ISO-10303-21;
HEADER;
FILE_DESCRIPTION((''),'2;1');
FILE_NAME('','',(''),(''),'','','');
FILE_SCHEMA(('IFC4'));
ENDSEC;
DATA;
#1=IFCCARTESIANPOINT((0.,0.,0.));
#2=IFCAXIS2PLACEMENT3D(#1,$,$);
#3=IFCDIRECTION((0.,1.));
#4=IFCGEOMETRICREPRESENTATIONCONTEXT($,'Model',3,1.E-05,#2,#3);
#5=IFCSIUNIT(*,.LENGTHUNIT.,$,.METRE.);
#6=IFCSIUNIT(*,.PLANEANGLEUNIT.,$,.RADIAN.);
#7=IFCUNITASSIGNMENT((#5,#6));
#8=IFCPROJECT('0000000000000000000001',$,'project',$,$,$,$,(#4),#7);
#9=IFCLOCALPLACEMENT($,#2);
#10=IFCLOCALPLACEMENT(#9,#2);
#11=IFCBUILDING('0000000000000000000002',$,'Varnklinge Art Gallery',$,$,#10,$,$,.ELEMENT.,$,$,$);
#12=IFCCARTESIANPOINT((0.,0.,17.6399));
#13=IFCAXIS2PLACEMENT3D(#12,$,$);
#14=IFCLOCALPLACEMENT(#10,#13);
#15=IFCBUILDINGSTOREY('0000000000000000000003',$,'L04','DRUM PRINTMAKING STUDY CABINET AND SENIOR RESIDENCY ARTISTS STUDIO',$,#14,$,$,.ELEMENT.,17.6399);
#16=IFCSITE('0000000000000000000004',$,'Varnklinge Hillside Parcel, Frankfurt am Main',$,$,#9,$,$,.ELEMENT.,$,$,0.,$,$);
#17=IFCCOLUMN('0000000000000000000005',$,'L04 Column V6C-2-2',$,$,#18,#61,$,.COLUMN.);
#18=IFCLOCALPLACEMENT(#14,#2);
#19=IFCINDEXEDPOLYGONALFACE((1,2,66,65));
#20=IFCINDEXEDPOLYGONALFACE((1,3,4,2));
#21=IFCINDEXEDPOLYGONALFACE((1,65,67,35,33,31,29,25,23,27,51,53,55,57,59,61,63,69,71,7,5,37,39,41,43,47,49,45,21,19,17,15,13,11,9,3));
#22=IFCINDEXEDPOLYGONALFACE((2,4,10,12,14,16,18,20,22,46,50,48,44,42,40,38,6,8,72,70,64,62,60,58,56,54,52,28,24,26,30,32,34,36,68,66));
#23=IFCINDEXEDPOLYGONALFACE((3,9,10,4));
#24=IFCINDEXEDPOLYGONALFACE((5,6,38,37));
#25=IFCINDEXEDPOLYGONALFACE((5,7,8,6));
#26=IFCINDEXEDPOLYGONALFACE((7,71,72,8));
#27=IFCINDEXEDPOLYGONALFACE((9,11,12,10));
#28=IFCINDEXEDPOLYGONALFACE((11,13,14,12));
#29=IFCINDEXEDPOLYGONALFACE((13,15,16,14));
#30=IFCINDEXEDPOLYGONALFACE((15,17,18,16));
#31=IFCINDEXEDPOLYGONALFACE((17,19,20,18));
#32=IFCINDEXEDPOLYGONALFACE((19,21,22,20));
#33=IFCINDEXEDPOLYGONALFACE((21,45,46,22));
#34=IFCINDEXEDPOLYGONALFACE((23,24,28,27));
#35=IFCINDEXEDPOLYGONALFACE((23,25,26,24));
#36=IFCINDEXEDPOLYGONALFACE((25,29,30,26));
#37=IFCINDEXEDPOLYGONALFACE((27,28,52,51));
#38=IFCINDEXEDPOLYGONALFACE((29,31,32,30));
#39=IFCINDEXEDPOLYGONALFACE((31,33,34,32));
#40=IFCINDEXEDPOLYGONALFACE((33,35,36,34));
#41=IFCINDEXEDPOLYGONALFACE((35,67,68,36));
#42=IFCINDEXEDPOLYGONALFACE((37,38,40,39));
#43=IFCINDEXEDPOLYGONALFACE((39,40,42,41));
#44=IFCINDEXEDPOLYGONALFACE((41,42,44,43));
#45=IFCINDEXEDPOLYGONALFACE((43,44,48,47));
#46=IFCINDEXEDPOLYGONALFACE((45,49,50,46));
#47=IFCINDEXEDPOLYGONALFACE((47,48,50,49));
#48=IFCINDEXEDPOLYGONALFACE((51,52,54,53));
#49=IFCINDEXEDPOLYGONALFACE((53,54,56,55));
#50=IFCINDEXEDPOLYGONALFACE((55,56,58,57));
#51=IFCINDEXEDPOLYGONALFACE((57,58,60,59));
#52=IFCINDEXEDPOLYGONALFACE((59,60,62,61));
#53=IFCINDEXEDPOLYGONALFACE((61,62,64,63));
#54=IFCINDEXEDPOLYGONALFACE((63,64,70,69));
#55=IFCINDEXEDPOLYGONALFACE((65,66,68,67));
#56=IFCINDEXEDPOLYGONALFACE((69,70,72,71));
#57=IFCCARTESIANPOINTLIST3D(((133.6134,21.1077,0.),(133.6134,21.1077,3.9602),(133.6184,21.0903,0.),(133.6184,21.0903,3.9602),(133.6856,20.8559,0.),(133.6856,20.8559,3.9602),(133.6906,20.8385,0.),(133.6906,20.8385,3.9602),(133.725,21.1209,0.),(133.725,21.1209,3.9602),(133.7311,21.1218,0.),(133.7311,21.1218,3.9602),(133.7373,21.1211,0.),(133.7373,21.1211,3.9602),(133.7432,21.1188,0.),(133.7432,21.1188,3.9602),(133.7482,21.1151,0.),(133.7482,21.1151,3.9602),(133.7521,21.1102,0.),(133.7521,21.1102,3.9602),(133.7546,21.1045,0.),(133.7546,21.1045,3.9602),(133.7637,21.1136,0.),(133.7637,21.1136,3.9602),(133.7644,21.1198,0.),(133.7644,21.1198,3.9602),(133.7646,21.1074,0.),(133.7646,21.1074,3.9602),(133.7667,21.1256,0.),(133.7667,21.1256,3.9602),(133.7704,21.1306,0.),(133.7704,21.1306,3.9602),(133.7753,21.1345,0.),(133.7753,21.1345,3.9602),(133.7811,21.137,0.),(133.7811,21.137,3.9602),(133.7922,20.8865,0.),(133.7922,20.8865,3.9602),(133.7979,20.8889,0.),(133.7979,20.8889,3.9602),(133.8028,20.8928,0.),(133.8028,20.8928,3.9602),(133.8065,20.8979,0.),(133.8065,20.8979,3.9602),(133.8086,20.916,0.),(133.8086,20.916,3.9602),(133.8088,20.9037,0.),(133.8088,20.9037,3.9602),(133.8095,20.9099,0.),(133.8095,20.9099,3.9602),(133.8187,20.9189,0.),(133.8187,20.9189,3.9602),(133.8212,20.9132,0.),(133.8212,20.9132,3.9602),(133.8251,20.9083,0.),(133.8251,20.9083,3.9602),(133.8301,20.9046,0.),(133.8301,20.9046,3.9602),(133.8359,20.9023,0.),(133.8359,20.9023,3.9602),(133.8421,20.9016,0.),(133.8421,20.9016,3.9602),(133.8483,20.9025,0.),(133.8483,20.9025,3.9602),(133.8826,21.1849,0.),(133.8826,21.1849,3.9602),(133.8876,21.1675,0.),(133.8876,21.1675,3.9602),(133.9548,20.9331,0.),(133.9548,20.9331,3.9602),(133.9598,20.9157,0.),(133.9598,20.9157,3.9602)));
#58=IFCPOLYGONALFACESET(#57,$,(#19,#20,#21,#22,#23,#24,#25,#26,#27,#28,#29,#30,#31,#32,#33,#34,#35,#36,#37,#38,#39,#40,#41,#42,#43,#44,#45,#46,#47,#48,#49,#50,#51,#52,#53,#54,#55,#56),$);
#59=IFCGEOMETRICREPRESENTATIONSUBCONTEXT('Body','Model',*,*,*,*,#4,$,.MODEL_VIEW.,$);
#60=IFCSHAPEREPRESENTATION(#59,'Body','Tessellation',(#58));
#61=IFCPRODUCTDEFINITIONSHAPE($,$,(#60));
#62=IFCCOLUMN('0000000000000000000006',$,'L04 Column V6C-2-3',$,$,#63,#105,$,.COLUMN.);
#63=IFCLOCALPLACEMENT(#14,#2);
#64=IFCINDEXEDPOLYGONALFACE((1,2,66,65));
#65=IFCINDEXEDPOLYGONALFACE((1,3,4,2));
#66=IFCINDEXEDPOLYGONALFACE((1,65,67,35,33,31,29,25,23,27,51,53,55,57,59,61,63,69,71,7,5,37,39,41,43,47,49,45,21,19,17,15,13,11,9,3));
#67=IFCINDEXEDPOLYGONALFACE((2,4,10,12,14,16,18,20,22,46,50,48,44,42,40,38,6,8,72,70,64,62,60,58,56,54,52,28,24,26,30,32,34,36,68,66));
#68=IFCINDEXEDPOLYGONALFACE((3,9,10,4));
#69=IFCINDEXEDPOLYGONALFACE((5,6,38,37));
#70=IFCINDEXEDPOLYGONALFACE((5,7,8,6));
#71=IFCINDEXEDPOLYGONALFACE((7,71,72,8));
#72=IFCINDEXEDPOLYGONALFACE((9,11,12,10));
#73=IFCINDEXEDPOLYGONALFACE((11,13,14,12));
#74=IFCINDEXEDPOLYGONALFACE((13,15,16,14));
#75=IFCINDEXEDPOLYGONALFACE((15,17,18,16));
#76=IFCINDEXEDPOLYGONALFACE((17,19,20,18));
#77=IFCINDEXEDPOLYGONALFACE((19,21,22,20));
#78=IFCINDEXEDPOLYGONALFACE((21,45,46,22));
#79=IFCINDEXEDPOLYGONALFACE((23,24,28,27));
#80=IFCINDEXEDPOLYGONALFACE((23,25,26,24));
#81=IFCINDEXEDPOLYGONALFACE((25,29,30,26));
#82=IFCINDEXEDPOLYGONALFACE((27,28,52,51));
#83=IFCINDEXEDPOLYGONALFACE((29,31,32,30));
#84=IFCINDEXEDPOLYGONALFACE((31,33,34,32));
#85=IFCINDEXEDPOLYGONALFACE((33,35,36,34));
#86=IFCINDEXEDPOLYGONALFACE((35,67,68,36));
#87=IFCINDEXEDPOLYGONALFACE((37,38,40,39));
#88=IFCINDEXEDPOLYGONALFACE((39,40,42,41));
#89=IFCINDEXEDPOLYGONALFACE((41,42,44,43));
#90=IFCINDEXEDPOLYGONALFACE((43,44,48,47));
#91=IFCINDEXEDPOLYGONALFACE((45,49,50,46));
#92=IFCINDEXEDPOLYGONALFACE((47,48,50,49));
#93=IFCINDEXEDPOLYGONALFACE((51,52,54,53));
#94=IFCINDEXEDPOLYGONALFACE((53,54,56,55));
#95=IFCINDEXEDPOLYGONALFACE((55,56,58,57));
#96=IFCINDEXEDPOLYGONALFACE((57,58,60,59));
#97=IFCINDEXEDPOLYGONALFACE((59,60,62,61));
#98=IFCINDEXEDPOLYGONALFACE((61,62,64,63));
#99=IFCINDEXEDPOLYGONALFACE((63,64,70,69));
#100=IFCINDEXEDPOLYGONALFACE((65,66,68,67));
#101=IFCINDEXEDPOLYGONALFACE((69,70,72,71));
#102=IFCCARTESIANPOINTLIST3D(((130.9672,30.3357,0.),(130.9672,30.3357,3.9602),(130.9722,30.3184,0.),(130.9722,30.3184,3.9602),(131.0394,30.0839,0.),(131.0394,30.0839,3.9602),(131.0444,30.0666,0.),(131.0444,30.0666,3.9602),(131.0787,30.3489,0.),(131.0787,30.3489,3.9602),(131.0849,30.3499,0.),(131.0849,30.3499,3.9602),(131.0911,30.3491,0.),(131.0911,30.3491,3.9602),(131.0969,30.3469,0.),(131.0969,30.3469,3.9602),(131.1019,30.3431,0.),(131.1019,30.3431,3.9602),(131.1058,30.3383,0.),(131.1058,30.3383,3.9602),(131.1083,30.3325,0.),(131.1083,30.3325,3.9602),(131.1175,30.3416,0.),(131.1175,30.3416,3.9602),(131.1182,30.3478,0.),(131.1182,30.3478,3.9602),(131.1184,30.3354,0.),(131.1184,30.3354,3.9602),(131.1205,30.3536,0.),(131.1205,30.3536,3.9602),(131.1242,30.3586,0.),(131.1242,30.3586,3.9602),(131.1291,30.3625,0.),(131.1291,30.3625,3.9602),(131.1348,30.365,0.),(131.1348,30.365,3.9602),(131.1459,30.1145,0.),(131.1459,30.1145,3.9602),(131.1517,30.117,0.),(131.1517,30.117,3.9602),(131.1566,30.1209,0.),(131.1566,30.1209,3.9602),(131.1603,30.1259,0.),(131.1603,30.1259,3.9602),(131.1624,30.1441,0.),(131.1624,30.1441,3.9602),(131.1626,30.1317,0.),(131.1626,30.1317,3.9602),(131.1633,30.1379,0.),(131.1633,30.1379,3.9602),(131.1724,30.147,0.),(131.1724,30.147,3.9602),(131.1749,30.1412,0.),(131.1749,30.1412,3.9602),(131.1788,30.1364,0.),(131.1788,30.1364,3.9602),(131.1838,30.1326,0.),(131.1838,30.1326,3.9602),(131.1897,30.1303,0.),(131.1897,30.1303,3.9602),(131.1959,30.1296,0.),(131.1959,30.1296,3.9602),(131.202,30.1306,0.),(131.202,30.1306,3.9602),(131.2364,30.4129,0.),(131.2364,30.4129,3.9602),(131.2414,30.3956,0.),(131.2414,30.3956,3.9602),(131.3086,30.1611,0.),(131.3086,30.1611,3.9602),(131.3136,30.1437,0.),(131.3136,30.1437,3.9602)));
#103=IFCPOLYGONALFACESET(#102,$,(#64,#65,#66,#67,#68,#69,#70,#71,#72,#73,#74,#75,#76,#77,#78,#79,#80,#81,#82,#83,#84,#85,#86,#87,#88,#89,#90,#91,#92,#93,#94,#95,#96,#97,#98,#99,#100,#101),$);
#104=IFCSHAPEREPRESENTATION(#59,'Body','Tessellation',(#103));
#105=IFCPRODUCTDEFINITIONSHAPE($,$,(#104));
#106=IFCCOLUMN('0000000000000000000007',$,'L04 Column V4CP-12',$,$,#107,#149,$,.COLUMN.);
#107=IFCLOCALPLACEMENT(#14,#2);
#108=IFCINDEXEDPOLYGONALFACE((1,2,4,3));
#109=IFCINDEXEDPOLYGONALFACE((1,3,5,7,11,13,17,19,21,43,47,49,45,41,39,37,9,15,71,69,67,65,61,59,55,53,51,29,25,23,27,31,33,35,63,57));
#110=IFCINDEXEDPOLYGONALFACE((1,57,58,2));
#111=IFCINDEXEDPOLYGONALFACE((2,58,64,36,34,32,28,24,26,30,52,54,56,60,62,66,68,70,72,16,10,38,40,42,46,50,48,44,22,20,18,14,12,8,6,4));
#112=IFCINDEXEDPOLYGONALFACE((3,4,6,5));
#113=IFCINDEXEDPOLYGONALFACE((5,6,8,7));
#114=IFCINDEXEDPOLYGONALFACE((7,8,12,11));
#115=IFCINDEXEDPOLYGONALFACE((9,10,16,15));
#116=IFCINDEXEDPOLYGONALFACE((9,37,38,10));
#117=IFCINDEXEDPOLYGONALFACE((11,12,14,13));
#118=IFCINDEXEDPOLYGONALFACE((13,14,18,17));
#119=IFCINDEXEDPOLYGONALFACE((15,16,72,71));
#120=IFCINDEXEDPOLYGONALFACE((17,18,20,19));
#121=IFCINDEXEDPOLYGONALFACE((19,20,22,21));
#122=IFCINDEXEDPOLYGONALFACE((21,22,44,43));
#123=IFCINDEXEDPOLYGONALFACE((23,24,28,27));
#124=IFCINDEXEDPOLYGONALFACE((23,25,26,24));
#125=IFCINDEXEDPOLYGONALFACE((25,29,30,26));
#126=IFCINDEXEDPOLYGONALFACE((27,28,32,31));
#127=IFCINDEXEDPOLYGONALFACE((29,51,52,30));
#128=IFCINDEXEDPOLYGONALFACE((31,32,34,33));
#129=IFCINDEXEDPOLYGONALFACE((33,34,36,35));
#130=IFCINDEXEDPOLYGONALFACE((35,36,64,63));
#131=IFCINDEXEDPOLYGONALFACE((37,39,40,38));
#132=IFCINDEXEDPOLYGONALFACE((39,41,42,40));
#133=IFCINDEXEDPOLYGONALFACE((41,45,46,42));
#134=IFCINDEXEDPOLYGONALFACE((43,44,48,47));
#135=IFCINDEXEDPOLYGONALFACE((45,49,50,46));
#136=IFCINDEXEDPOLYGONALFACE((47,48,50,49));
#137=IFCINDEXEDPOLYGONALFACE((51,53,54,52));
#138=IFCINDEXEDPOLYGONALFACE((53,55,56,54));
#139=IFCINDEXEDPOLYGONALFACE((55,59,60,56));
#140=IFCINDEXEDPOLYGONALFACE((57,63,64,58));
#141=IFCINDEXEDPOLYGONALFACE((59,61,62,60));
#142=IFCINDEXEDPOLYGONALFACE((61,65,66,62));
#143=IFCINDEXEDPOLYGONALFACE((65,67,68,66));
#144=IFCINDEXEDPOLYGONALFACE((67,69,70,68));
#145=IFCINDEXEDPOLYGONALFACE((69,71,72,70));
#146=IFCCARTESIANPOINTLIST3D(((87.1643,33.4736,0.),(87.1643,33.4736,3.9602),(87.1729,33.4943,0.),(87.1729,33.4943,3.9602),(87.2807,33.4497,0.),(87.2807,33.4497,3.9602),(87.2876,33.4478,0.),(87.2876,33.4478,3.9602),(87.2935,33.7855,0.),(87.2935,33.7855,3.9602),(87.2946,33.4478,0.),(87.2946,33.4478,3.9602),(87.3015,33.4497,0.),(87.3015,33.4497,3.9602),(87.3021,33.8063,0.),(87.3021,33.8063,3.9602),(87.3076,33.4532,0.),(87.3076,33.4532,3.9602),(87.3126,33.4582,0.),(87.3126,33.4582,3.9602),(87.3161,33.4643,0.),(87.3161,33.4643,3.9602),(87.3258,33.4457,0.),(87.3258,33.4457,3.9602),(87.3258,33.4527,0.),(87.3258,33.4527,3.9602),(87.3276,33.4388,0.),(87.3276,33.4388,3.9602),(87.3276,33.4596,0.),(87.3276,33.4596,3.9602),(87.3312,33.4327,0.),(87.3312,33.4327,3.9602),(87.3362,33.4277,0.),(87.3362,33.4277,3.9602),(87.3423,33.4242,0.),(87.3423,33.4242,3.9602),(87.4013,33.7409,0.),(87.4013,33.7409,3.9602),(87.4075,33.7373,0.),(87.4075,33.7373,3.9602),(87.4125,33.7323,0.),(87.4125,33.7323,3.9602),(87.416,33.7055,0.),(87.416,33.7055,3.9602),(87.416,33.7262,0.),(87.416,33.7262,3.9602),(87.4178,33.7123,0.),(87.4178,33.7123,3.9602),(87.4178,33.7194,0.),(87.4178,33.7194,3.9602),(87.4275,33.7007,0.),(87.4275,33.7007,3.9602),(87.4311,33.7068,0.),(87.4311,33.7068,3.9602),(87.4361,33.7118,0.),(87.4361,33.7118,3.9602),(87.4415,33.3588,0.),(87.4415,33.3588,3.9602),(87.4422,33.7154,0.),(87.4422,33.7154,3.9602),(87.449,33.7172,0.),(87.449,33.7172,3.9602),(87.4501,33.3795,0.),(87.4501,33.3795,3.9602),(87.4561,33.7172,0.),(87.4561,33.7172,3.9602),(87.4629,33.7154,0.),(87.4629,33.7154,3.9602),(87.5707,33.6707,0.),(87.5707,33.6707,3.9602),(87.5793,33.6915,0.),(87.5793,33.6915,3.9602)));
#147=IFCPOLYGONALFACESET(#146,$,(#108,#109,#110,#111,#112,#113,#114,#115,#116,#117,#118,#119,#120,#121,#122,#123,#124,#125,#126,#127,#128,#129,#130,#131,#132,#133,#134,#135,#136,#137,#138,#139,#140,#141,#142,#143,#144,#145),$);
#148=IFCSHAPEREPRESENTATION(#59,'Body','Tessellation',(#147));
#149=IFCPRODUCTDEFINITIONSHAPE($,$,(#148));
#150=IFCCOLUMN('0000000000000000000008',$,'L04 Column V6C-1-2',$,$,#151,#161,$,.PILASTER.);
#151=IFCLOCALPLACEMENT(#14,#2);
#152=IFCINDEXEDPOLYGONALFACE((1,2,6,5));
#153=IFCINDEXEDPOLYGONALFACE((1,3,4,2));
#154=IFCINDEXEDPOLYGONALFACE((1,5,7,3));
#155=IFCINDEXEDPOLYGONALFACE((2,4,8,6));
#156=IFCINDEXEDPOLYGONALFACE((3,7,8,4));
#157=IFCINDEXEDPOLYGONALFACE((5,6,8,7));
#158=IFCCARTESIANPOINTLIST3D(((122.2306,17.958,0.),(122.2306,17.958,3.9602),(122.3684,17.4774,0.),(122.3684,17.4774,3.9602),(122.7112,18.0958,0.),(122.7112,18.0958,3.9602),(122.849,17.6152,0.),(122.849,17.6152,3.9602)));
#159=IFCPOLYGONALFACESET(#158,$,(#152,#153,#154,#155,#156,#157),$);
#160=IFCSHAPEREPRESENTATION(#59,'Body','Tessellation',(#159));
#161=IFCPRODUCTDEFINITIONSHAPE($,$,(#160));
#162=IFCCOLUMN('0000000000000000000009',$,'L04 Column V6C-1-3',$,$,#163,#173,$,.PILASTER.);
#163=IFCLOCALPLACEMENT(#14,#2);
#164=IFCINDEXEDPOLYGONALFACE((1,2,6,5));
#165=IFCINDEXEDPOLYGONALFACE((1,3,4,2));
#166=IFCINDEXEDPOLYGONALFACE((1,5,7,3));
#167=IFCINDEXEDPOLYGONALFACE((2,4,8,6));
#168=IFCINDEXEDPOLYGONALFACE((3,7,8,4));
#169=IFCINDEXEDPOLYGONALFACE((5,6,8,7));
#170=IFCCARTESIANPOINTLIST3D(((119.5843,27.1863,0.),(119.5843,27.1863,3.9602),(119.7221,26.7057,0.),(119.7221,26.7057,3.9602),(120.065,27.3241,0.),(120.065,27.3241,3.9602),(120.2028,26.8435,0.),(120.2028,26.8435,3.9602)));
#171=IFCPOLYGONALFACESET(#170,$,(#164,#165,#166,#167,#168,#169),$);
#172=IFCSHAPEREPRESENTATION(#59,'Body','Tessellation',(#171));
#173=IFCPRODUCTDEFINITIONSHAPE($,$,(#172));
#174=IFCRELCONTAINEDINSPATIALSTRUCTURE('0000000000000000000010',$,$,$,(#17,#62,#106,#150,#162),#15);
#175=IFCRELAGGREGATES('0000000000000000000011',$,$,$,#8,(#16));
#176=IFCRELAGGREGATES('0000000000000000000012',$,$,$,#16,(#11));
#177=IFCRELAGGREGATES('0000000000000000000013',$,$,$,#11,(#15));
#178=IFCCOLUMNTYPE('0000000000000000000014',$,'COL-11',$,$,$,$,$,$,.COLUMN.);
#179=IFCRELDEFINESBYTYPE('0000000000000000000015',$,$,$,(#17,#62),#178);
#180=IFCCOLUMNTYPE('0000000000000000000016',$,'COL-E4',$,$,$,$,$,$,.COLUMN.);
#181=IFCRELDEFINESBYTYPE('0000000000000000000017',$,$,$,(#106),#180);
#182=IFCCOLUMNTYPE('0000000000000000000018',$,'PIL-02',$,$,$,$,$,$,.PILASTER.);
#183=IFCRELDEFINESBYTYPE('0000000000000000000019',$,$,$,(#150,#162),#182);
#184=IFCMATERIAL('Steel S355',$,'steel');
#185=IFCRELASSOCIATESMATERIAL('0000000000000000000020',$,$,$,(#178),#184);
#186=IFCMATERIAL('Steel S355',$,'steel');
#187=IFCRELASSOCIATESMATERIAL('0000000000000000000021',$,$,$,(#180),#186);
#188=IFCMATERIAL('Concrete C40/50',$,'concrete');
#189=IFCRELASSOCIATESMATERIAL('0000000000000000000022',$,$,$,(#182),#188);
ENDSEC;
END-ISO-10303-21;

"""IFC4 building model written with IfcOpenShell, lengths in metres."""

from ifc_helpers import new_model, si_unit, direction, frame, origin, origin_2d, place, context, subcontext, project, spatial, rectangle, i_section, extrude, material, material_profile, profile_set, type_object, element, save


model = new_model("IFC4")

# Units and contexts
model_context = context("Model", 3, precision=1e-05, world=origin(), true_north=direction((0.0, 1.0)))
body_context = subcontext(model_context, "Body", "Model", "MODEL_VIEW")
ifc_project = project(units=[si_unit("LENGTHUNIT", "METRE"), si_unit("PLANEANGLEUNIT", "RADIAN")], contexts=[model_context])

# Site, building, storey
site_placement = place(None, origin())
site = spatial("IfcSite", under=ifc_project, at=site_placement, Name="Varnklinge Hillside Parcel, Frankfurt am Main", CompositionType="ELEMENT", RefElevation=0.0)
building_placement = place(site_placement, origin())
building = spatial("IfcBuilding", under=site, at=building_placement, Name="Varnklinge Art Gallery", CompositionType="ELEMENT")
storey_placement = place(building_placement, frame((0.0, 0.0, 17.6399)))
storey = spatial("IfcBuildingStorey", under=building, at=storey_placement, Name="L04", Description="DRUM PRINTMAKING STUDY CABINET AND SENIOR RESIDENCY ARTISTS STUDIO", CompositionType="ELEMENT", Elevation=17.6399)

# Columns
ifc_material_1 = material(Name="Steel S355", Category="steel")
ifc_material_profile_1 = material_profile(ifc_material_1, i_section(OverallWidth=0.28, OverallDepth=0.28, WebThickness=0.0105, FlangeThickness=0.0181, FilletRadius=0.0239, at=origin_2d()), Name="HEB 280")
ifc_profile_set_1 = profile_set([ifc_material_profile_1], Name="Steel S355")
column_type_1 = type_object("IfcColumnType", Name="COL-11", PredefinedType="COLUMN", material=ifc_profile_set_1)
for number, where, z_axis, x_axis, name in (
    (1, (133.7866, 21.0117, 0.0), (0.0, 0.0, 1.0), (0.961262, 0.275637, 0.0), "L04 Column V6C-2-2"),
    (2, (131.1404, 30.2397, 0.0), (0.0, 0.0, 1.0), (0.961262, 0.275637, 0.0), "L04 Column V6C-2-3"),
):
    element("IfcColumn", number, at=place(storey_placement, frame(where, z_axis=z_axis, x_axis=x_axis)), inside=storey, type_object=column_type_1, Name=name, PredefinedType="COLUMN", context=body_context, shape_type="SweptSolid", body=[
        extrude(i_section(OverallWidth=0.28, OverallDepth=0.28, WebThickness=0.0105, FlangeThickness=0.0181, FilletRadius=0.0239, at=origin_2d()), origin(), (0.0, 0.0, 1.0), 3.9602),
    ])
ifc_material_2 = material(Name="Steel S355", Category="steel")
ifc_material_profile_2 = material_profile(ifc_material_2, i_section(OverallWidth=0.3, OverallDepth=0.3601, WebThickness=0.0125, FlangeThickness=0.0225, FilletRadius=0.0271, at=origin_2d()), Name="HEB 360")
ifc_profile_set_2 = profile_set([ifc_material_profile_2], Name="Steel S355")
column_type_2 = type_object("IfcColumnType", Name="COL-E4", PredefinedType="COLUMN", material=ifc_profile_set_2)
column_placement = place(storey_placement, frame((87.3718, 33.5825, 0.0), z_axis=(0.0, 0.0, 1.0), x_axis=(0.92388, -0.382683, 0.0)))
element("IfcColumn", 3, at=column_placement, inside=storey, type_object=column_type_2, Name="L04 Column V4CP-12", PredefinedType="COLUMN", context=body_context, shape_type="SweptSolid", body=[
    extrude(i_section(OverallWidth=0.3, OverallDepth=0.3601, WebThickness=0.0125, FlangeThickness=0.0225, FilletRadius=0.0271, at=origin_2d()), origin(), (0.0, 0.0, 1.0), 3.9602),
])
ifc_material_3 = material(Name="Concrete C40/50", Category="concrete")
ifc_material_profile_3 = material_profile(ifc_material_3, rectangle(XDim=0.5, YDim=0.5, at=origin_2d()), Name="RC 500x500")
ifc_profile_set_3 = profile_set([ifc_material_profile_3], Name="Concrete C40/50")
column_type_3 = type_object("IfcColumnType", Name="PIL-02", PredefinedType="PILASTER", material=ifc_profile_set_3)
for number, where, z_axis, x_axis, name in (
    (4, (122.5398, 17.7866, 0.0), (0.0, 0.0, 1.0), (0.961262, 0.275637, 0.0), "L04 Column V6C-1-2"),
    (5, (119.8936, 27.0149, 0.0), (0.0, 0.0, 1.0), (0.961262, 0.275637, 0.0), "L04 Column V6C-1-3"),
):
    element("IfcColumn", number, at=place(storey_placement, frame(where, z_axis=z_axis, x_axis=x_axis)), inside=storey, type_object=column_type_3, Name=name, PredefinedType="PILASTER", context=body_context, shape_type="SweptSolid", body=[
        extrude(rectangle(XDim=0.5, YDim=0.5, at=origin_2d()), origin(), (0.0, 0.0, 1.0), 3.9602),
    ])

save(model, "model.ifc")
